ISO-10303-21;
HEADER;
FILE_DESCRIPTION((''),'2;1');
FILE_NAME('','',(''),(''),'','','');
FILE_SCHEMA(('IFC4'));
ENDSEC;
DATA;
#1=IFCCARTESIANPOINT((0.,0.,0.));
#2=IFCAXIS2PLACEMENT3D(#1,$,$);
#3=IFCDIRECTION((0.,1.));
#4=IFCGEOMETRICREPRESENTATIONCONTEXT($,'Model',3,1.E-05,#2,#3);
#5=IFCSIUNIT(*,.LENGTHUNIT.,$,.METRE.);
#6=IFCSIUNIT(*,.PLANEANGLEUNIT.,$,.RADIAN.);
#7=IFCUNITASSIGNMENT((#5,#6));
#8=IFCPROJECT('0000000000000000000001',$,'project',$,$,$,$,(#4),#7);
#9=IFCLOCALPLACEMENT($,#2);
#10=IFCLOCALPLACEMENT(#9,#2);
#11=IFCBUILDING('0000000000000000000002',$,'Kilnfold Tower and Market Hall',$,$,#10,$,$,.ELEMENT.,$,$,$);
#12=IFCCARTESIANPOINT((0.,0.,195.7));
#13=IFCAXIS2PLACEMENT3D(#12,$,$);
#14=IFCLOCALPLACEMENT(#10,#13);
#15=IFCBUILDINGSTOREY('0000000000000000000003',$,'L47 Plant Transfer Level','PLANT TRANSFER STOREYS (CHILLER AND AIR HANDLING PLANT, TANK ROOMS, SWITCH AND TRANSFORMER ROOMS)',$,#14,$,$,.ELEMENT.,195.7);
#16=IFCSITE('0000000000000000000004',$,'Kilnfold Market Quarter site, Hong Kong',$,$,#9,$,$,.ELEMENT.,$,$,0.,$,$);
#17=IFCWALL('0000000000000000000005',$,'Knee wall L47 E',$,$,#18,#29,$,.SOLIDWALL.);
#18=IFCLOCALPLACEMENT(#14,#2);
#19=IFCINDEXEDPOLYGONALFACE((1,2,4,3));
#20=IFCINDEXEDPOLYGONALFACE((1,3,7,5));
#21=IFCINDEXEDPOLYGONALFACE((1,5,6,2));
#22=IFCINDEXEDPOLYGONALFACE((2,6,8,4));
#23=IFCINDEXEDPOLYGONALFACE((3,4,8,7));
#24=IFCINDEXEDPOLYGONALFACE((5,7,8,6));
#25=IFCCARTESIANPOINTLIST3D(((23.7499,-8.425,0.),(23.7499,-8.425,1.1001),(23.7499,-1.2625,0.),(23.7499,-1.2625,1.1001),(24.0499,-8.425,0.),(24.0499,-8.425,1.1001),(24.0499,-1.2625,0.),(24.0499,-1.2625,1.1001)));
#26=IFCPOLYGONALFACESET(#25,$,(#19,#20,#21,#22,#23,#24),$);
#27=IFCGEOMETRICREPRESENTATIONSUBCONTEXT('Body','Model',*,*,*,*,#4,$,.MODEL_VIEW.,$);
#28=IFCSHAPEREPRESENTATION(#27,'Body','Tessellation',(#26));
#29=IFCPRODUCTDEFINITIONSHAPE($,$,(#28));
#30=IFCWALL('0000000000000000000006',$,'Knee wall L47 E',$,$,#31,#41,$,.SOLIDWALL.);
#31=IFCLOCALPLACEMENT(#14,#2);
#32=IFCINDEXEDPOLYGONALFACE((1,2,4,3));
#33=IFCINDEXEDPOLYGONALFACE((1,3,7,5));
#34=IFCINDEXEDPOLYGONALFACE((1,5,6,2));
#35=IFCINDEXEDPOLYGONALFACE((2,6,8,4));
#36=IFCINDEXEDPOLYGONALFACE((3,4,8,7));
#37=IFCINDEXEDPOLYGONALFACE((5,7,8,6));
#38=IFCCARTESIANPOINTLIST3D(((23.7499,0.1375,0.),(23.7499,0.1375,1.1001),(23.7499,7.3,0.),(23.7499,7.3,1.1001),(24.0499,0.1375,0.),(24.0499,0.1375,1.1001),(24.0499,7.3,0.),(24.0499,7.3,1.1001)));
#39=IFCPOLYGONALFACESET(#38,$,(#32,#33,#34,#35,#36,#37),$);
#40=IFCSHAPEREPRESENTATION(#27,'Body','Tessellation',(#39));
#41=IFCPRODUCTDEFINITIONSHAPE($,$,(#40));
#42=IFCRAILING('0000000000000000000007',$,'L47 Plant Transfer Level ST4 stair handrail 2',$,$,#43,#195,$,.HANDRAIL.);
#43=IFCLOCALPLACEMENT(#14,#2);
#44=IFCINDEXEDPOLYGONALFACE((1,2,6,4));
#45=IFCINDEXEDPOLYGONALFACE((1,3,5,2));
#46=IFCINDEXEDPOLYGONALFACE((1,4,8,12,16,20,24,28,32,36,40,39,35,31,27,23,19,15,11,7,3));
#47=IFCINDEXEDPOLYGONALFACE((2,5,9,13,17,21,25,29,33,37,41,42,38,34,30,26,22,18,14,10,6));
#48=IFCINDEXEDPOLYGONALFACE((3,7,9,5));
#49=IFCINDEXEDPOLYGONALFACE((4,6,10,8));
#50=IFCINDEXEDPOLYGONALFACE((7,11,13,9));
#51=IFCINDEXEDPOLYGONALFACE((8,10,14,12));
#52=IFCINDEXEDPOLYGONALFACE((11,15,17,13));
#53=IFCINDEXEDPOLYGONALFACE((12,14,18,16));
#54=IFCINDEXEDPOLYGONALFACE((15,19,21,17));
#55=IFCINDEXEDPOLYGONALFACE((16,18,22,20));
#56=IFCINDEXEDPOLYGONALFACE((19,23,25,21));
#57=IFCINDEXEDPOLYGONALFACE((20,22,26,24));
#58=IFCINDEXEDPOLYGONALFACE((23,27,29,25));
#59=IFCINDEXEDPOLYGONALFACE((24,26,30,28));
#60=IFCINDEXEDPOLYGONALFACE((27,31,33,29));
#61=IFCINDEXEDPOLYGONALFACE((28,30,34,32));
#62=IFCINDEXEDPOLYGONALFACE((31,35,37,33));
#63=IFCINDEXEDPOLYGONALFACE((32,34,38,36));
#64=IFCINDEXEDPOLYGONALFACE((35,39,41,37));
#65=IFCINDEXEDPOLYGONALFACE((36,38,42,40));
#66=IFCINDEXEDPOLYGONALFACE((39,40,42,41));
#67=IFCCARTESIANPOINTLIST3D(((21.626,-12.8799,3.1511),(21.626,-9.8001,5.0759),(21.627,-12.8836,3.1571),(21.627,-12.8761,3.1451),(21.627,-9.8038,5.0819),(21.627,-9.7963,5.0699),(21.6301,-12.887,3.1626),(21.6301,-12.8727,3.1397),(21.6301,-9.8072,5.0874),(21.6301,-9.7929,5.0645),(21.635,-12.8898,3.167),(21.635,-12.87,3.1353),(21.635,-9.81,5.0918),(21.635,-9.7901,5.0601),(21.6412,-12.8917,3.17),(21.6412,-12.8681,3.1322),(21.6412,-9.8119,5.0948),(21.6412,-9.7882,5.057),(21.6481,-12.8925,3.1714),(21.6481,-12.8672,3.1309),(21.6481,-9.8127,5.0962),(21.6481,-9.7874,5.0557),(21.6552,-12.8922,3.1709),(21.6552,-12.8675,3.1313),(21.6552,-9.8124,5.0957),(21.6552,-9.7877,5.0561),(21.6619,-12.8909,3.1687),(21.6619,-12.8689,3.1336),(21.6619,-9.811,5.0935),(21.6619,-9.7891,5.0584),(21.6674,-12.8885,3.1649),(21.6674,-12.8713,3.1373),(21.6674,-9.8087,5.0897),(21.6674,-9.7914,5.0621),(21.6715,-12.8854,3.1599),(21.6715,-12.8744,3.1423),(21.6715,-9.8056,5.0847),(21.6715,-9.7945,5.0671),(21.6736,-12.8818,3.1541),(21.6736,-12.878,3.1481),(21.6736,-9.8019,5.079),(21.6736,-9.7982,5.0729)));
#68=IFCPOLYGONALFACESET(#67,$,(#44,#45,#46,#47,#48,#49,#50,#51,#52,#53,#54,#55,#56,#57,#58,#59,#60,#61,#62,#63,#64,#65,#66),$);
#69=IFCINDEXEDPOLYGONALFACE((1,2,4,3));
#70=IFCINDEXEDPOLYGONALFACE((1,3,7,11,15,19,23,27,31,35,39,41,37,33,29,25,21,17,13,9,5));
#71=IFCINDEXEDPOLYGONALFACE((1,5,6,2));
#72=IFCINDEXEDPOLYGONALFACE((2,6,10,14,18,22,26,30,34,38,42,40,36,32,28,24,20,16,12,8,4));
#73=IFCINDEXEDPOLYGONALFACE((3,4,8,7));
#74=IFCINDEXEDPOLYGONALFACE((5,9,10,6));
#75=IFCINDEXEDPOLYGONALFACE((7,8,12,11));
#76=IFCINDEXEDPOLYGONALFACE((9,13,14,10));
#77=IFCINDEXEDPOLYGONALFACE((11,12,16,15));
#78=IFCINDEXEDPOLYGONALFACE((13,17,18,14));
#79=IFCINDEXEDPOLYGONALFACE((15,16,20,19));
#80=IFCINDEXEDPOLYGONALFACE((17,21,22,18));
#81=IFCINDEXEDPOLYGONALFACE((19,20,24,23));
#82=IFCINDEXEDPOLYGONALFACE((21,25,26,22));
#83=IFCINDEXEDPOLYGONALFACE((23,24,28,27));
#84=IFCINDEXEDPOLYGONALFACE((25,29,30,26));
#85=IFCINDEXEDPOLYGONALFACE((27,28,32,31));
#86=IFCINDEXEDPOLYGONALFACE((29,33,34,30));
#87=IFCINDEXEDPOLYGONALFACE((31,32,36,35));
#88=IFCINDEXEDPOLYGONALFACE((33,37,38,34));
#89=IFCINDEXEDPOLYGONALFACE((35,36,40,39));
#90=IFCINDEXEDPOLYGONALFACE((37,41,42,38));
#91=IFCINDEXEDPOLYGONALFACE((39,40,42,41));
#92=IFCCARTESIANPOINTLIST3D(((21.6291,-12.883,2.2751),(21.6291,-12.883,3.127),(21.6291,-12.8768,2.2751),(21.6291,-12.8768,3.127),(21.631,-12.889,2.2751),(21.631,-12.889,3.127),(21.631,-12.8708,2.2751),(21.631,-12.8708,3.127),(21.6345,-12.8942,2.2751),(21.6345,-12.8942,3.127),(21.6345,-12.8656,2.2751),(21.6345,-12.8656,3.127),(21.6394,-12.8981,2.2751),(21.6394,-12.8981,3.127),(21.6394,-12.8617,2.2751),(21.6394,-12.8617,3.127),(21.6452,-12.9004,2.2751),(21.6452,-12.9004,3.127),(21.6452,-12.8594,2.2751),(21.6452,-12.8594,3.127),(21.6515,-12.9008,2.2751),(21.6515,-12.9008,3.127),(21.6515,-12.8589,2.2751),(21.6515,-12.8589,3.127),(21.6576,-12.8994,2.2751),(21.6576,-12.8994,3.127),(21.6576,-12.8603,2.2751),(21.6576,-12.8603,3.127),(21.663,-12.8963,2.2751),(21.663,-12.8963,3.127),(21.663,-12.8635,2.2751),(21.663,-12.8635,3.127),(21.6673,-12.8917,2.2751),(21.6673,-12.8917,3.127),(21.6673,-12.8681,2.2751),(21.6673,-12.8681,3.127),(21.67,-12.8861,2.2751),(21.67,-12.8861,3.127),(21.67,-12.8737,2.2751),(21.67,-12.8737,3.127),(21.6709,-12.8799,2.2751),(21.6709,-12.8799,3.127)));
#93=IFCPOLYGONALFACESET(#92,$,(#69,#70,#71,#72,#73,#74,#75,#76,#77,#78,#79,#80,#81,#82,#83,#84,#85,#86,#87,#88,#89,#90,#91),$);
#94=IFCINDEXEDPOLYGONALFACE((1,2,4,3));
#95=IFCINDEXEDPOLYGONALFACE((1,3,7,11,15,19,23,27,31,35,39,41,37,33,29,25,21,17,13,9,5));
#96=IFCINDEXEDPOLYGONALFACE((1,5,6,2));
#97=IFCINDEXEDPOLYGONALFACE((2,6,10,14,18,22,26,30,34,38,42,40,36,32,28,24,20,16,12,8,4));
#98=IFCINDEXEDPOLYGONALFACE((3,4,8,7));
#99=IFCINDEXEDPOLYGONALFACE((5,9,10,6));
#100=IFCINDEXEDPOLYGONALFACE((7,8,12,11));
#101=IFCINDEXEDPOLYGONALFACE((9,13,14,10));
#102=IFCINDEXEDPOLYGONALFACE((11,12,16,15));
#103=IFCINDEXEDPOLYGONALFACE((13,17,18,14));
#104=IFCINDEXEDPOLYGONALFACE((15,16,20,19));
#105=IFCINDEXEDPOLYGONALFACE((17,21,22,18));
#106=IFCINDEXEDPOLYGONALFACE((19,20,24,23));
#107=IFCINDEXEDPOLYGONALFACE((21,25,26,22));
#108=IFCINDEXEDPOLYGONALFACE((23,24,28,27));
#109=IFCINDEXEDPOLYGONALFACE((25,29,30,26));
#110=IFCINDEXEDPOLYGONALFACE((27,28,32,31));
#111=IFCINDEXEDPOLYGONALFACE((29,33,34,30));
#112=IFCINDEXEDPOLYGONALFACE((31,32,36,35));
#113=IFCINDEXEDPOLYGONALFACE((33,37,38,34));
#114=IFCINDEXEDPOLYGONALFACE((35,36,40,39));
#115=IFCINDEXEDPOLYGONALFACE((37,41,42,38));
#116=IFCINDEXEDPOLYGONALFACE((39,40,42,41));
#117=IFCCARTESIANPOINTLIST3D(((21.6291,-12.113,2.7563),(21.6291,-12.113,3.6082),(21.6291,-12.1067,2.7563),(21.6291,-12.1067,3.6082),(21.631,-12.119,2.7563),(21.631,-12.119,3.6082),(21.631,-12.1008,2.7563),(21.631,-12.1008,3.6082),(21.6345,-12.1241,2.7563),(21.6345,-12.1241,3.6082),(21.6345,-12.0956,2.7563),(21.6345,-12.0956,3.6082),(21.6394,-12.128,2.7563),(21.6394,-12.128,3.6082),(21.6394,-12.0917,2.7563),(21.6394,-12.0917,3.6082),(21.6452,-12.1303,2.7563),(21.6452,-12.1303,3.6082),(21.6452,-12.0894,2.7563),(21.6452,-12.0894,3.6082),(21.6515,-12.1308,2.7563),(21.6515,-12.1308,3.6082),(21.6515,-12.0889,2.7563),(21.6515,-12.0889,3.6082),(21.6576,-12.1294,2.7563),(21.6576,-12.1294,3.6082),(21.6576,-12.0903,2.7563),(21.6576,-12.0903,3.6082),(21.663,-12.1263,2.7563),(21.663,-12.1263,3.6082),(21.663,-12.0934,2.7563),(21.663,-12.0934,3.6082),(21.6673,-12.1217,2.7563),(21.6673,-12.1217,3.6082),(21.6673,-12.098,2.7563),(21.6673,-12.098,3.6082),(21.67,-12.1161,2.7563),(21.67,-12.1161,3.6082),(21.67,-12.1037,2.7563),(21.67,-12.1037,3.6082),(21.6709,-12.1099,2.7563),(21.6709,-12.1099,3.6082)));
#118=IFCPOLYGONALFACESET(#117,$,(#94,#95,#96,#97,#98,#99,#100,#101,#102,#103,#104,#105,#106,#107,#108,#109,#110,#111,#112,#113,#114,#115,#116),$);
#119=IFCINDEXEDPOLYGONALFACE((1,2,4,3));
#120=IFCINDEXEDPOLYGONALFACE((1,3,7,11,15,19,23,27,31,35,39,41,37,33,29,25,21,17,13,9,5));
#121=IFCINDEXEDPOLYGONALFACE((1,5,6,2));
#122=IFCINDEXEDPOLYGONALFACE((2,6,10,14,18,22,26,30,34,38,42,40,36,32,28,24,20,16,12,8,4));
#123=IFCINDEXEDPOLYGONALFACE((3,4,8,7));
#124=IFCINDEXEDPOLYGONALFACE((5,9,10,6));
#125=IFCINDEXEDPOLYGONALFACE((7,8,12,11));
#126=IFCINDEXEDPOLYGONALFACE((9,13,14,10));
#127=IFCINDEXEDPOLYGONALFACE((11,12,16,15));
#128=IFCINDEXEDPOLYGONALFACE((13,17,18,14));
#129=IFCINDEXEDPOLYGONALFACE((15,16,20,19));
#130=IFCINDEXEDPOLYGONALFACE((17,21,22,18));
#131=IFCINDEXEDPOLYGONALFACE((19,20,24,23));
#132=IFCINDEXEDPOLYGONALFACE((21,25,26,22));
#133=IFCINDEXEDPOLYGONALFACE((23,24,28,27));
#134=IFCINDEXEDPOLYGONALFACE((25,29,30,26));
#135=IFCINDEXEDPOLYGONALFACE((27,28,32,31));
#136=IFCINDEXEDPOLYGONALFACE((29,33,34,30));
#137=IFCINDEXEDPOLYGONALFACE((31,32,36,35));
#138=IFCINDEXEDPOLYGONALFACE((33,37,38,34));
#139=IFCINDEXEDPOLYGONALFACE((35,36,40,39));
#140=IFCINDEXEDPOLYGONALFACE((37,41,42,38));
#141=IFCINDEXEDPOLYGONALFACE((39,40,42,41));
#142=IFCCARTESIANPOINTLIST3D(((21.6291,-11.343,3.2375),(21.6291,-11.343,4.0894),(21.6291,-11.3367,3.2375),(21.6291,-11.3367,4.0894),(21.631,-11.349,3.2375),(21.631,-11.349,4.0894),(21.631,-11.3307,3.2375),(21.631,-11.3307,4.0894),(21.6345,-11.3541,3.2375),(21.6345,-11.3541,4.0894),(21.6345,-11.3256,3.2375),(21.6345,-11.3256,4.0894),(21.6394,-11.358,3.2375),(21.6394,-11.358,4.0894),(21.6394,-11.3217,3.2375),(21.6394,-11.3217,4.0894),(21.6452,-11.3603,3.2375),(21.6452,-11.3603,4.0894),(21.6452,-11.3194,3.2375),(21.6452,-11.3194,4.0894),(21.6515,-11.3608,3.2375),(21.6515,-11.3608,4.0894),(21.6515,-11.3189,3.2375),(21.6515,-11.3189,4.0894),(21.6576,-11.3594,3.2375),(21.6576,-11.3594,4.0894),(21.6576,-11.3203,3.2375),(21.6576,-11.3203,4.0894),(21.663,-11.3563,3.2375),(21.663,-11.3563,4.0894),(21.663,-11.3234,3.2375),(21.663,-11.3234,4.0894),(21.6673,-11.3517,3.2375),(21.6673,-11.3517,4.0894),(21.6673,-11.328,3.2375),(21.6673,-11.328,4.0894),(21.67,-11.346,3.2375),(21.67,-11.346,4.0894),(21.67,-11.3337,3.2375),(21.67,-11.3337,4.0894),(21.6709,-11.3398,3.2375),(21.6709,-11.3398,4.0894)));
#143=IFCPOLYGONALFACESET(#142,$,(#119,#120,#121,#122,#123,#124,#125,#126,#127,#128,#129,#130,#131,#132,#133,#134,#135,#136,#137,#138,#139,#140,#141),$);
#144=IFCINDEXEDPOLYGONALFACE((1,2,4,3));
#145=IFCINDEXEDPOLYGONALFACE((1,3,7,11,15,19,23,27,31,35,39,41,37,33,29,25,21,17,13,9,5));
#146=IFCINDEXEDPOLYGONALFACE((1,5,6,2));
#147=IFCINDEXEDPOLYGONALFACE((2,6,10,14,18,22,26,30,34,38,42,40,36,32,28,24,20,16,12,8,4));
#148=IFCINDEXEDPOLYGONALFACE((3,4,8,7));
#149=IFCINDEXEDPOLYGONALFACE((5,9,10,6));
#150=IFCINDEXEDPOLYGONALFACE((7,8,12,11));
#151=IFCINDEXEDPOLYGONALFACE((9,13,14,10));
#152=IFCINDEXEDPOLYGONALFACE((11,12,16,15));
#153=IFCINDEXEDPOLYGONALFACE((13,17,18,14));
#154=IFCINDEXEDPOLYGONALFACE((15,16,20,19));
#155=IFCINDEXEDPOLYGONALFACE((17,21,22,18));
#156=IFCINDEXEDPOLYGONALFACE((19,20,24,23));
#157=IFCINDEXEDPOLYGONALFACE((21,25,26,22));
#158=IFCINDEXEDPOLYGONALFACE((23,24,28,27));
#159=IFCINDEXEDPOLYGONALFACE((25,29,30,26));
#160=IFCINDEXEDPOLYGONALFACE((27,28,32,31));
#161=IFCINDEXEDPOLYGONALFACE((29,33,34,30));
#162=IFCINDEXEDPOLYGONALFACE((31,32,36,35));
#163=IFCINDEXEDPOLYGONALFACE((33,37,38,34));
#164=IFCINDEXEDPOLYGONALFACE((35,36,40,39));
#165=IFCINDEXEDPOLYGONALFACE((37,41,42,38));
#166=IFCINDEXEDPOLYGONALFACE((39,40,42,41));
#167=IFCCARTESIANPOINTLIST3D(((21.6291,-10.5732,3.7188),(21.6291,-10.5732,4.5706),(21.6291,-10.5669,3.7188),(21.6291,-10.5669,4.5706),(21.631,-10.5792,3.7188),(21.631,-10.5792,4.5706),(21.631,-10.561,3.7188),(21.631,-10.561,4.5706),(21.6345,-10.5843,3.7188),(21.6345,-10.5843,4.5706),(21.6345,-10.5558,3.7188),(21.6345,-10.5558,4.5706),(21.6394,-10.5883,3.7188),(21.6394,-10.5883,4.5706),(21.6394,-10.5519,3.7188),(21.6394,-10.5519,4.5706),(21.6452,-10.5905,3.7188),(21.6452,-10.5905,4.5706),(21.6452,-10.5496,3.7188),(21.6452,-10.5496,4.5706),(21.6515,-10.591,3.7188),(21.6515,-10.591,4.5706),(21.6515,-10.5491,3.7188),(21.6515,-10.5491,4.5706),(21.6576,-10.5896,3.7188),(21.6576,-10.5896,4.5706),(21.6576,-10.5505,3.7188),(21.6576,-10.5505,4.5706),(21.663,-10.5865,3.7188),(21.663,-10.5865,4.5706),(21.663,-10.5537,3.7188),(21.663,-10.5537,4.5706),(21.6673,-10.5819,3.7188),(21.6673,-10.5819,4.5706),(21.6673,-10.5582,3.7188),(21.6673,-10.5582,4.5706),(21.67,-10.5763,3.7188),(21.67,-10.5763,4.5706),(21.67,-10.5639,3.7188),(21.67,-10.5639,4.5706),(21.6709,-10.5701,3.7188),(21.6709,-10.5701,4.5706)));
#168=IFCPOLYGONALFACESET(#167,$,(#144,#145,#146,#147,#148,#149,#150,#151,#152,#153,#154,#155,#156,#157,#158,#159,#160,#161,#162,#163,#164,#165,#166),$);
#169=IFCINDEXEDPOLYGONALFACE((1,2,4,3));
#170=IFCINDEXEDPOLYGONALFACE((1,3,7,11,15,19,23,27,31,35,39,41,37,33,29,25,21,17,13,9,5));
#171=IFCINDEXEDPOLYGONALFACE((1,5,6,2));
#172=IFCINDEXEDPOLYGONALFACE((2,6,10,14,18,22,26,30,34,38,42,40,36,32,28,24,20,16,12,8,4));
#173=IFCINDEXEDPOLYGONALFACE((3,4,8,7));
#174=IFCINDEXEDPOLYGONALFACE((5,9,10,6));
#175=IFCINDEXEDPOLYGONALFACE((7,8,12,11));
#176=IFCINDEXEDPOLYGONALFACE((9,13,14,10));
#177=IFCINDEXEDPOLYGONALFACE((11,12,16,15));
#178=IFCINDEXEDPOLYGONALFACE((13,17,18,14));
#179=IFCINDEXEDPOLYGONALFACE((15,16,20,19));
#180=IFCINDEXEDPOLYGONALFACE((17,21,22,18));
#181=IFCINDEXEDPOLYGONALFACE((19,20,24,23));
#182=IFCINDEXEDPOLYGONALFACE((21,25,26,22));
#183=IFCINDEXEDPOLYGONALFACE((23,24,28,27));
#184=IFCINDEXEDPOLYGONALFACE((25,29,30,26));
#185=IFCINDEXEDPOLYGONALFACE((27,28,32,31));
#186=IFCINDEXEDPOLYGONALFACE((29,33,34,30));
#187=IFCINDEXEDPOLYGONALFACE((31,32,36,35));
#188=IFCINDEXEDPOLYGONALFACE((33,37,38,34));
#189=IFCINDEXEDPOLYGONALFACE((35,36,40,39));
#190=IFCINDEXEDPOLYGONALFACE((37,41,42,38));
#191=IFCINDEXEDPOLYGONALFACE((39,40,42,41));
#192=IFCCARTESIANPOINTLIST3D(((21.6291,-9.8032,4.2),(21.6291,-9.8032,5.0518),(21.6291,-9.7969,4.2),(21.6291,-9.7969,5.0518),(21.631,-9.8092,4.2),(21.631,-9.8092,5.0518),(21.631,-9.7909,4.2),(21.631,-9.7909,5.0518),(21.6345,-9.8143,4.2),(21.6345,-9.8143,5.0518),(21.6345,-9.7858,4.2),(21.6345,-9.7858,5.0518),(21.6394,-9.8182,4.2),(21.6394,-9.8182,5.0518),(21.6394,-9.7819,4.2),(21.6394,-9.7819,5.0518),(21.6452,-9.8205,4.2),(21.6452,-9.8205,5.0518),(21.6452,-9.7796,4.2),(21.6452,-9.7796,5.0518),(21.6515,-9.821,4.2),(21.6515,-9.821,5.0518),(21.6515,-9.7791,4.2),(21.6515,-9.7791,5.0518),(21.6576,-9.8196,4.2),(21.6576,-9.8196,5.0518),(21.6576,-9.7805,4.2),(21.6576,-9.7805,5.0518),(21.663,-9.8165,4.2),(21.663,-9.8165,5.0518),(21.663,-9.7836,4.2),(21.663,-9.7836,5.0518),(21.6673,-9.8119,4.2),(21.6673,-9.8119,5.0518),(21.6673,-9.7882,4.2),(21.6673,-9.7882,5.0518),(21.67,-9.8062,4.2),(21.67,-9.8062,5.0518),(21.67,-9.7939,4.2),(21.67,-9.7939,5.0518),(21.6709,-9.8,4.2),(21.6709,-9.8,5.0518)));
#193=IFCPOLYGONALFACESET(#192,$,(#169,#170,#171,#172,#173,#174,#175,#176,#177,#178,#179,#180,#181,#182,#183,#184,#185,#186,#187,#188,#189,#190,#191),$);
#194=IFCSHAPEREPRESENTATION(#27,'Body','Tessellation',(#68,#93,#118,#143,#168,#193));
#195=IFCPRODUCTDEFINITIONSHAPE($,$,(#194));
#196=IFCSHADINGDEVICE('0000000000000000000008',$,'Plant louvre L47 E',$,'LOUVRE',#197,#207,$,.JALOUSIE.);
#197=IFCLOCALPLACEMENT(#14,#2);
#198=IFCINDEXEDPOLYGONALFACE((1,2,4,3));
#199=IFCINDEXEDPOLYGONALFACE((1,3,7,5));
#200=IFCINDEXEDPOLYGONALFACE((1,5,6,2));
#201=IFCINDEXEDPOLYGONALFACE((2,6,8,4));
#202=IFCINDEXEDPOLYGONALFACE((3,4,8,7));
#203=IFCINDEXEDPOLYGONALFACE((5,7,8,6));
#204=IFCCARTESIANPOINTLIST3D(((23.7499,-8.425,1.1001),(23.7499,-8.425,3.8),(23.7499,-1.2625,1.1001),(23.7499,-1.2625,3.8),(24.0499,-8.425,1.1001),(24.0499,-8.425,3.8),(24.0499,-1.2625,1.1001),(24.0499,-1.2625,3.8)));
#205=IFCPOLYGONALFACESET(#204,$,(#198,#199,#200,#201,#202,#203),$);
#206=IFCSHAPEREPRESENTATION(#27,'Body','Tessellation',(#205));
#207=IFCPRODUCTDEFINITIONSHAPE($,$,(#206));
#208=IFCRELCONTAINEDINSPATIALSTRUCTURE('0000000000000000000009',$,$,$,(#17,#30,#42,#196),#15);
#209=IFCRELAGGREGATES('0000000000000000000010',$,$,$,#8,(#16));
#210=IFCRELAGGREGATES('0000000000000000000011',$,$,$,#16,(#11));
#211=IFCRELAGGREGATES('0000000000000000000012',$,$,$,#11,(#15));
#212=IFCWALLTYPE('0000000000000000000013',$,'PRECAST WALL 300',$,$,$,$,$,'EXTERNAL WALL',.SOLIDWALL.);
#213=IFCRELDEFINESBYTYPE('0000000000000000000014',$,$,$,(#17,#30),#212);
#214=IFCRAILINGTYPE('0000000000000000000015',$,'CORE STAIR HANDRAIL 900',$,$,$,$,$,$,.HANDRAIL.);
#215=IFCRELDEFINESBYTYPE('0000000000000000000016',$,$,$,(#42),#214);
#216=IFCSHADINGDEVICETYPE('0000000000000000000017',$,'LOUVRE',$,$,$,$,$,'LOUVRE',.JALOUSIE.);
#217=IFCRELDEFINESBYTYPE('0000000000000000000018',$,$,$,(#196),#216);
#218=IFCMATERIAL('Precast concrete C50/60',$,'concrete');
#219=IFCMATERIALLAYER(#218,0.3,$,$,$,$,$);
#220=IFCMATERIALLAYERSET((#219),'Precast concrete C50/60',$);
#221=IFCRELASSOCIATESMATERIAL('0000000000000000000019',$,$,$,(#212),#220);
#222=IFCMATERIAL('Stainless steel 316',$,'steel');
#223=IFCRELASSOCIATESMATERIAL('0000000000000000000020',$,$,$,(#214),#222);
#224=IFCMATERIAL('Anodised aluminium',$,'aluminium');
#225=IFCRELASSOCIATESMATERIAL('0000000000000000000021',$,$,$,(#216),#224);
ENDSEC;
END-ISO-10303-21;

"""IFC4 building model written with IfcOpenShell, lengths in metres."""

from ifc_helpers import new_model, si_unit, direction, frame, frame_2d, origin, origin_2d, place, context, subcontext, project, spatial, rectangle, circle, extrude, source, transform, mapped, material, layer, layer_set, type_object, element, save


model = new_model("IFC4")

# Units and contexts
model_context = context("Model", 3, precision=1e-05, world=origin(), true_north=direction((0.0, 1.0)))
body_context = subcontext(model_context, "Body", "Model", "MODEL_VIEW")
ifc_project = project(units=[si_unit("LENGTHUNIT", "METRE"), si_unit("PLANEANGLEUNIT", "RADIAN")], contexts=[model_context])

# Site, building, storey
site_placement = place(None, origin())
site = spatial("IfcSite", under=ifc_project, at=site_placement, Name="Kilnfold Market Quarter site, Hong Kong", CompositionType="ELEMENT", RefElevation=0.0)
building_placement = place(site_placement, origin())
building = spatial("IfcBuilding", under=site, at=building_placement, Name="Kilnfold Tower and Market Hall", CompositionType="ELEMENT")
storey_placement = place(building_placement, frame((0.0, 0.0, 195.7)))
storey = spatial("IfcBuildingStorey", under=building, at=storey_placement, Name="L47 Plant Transfer Level", Description="PLANT TRANSFER STOREYS (CHILLER AND AIR HANDLING PLANT, TANK ROOMS, SWITCH AND TRANSFORMER ROOMS)", CompositionType="ELEMENT", Elevation=195.7)

# Walls
ifc_material_1 = material(Name="Precast concrete C50/60", Category="concrete")
ifc_layer_1 = layer(ifc_material_1, 0.3)
ifc_layer_set_1 = layer_set([ifc_layer_1], Name="Precast concrete C50/60")
wall_type_1 = type_object("IfcWallType", Name="PRECAST WALL 300", ElementType="EXTERNAL WALL", PredefinedType="SOLIDWALL", material=ifc_layer_set_1)
shared_shape_1 = source(origin(), body_context, "Body", "SweptSolid", [
    extrude(rectangle(XDim=7.1626, YDim=0.3, at=frame_2d((3.5813, 0.0))), origin(), (0.0, 0.0, 1.0), 1.1001),
])
for number, where, z_axis, x_axis, name in (
    (1, (23.8999, -8.425, 0.0), (0.0, 0.0, 1.0), (0.0, 1.0, 0.0), "Knee wall L47 E"),
    (2, (23.8999, 0.1375, 0.0), (0.0, 0.0, 1.0), (0.0, 1.0, 0.0), "Knee wall L47 E"),
):
    element("IfcWall", number, at=place(storey_placement, frame(where, z_axis=z_axis, x_axis=x_axis)), inside=storey, type_object=wall_type_1, Name=name, PredefinedType="SOLIDWALL", context=body_context, shape_type="MappedRepresentation", body=[
        mapped(shared_shape_1, transform((0.0, 0.0, 0.0))),
    ])

# Railing
ifc_material_2 = material(Name="Stainless steel 316", Category="steel")
railing_type = type_object("IfcRailingType", Name="CORE STAIR HANDRAIL 900", PredefinedType="HANDRAIL", material=ifc_material_2)
railing_placement = place(storey_placement, frame((21.6499, -12.8799, 2.2751)))
element("IfcRailing", 3, at=railing_placement, inside=storey, type_object=railing_type, Name="L47 Plant Transfer Level ST4 stair handrail 2", PredefinedType="HANDRAIL", context=body_context, shape_type="SweptSolid", body=[
    extrude(circle(Radius=0.0239, at=origin_2d()), frame((0.0, 0.0, 0.876), z_axis=(0.0, 0.84801, 0.529981), x_axis=(-1.0, 0.0, 0.0)), (0.0, 0.0, 1.0), 3.6318),
    extrude(circle(Radius=0.021, at=origin_2d()), origin(), (0.0, 0.0, 1.0), 0.8518),
    extrude(circle(Radius=0.021, at=origin_2d()), frame((0.0, 0.77, 0.4812)), (0.0, 0.0, 1.0), 0.8518),
    extrude(circle(Radius=0.021, at=origin_2d()), frame((0.0, 1.54, 0.9624)), (0.0, 0.0, 1.0), 0.8518),
    extrude(circle(Radius=0.021, at=origin_2d()), frame((0.0, 2.3098, 1.4436)), (0.0, 0.0, 1.0), 0.8518),
    extrude(circle(Radius=0.021, at=origin_2d()), frame((0.0, 3.0798, 1.9248)), (0.0, 0.0, 1.0), 0.8518),
])

# Shading device
ifc_material_3 = material(Name="Anodised aluminium", Category="aluminium")
shading_device_type = type_object("IfcShadingDeviceType", Name="LOUVRE", ElementType="LOUVRE", PredefinedType="JALOUSIE", material=ifc_material_3)
shared_shape_2 = source(origin(), body_context, "Body", "SweptSolid", [
    extrude(rectangle(XDim=7.1626, YDim=0.3, at=origin_2d()), origin(), (0.0, 0.0, 1.0), 2.7),
])
for number, where, z_axis, x_axis, name in (
    (4, (23.8999, -4.8438, 1.1001), (0.0, 0.0, 1.0), (0.0, 1.0, 0.0), "Plant louvre L47 E"),
):
    element("IfcShadingDevice", number, at=place(storey_placement, frame(where, z_axis=z_axis, x_axis=x_axis)), inside=storey, type_object=shading_device_type, Name=name, ObjectType="LOUVRE", PredefinedType="JALOUSIE", context=body_context, shape_type="MappedRepresentation", body=[
        mapped(shared_shape_2, transform((0.0, 0.0, 0.0))),
    ])

save(model, "model.ifc")
